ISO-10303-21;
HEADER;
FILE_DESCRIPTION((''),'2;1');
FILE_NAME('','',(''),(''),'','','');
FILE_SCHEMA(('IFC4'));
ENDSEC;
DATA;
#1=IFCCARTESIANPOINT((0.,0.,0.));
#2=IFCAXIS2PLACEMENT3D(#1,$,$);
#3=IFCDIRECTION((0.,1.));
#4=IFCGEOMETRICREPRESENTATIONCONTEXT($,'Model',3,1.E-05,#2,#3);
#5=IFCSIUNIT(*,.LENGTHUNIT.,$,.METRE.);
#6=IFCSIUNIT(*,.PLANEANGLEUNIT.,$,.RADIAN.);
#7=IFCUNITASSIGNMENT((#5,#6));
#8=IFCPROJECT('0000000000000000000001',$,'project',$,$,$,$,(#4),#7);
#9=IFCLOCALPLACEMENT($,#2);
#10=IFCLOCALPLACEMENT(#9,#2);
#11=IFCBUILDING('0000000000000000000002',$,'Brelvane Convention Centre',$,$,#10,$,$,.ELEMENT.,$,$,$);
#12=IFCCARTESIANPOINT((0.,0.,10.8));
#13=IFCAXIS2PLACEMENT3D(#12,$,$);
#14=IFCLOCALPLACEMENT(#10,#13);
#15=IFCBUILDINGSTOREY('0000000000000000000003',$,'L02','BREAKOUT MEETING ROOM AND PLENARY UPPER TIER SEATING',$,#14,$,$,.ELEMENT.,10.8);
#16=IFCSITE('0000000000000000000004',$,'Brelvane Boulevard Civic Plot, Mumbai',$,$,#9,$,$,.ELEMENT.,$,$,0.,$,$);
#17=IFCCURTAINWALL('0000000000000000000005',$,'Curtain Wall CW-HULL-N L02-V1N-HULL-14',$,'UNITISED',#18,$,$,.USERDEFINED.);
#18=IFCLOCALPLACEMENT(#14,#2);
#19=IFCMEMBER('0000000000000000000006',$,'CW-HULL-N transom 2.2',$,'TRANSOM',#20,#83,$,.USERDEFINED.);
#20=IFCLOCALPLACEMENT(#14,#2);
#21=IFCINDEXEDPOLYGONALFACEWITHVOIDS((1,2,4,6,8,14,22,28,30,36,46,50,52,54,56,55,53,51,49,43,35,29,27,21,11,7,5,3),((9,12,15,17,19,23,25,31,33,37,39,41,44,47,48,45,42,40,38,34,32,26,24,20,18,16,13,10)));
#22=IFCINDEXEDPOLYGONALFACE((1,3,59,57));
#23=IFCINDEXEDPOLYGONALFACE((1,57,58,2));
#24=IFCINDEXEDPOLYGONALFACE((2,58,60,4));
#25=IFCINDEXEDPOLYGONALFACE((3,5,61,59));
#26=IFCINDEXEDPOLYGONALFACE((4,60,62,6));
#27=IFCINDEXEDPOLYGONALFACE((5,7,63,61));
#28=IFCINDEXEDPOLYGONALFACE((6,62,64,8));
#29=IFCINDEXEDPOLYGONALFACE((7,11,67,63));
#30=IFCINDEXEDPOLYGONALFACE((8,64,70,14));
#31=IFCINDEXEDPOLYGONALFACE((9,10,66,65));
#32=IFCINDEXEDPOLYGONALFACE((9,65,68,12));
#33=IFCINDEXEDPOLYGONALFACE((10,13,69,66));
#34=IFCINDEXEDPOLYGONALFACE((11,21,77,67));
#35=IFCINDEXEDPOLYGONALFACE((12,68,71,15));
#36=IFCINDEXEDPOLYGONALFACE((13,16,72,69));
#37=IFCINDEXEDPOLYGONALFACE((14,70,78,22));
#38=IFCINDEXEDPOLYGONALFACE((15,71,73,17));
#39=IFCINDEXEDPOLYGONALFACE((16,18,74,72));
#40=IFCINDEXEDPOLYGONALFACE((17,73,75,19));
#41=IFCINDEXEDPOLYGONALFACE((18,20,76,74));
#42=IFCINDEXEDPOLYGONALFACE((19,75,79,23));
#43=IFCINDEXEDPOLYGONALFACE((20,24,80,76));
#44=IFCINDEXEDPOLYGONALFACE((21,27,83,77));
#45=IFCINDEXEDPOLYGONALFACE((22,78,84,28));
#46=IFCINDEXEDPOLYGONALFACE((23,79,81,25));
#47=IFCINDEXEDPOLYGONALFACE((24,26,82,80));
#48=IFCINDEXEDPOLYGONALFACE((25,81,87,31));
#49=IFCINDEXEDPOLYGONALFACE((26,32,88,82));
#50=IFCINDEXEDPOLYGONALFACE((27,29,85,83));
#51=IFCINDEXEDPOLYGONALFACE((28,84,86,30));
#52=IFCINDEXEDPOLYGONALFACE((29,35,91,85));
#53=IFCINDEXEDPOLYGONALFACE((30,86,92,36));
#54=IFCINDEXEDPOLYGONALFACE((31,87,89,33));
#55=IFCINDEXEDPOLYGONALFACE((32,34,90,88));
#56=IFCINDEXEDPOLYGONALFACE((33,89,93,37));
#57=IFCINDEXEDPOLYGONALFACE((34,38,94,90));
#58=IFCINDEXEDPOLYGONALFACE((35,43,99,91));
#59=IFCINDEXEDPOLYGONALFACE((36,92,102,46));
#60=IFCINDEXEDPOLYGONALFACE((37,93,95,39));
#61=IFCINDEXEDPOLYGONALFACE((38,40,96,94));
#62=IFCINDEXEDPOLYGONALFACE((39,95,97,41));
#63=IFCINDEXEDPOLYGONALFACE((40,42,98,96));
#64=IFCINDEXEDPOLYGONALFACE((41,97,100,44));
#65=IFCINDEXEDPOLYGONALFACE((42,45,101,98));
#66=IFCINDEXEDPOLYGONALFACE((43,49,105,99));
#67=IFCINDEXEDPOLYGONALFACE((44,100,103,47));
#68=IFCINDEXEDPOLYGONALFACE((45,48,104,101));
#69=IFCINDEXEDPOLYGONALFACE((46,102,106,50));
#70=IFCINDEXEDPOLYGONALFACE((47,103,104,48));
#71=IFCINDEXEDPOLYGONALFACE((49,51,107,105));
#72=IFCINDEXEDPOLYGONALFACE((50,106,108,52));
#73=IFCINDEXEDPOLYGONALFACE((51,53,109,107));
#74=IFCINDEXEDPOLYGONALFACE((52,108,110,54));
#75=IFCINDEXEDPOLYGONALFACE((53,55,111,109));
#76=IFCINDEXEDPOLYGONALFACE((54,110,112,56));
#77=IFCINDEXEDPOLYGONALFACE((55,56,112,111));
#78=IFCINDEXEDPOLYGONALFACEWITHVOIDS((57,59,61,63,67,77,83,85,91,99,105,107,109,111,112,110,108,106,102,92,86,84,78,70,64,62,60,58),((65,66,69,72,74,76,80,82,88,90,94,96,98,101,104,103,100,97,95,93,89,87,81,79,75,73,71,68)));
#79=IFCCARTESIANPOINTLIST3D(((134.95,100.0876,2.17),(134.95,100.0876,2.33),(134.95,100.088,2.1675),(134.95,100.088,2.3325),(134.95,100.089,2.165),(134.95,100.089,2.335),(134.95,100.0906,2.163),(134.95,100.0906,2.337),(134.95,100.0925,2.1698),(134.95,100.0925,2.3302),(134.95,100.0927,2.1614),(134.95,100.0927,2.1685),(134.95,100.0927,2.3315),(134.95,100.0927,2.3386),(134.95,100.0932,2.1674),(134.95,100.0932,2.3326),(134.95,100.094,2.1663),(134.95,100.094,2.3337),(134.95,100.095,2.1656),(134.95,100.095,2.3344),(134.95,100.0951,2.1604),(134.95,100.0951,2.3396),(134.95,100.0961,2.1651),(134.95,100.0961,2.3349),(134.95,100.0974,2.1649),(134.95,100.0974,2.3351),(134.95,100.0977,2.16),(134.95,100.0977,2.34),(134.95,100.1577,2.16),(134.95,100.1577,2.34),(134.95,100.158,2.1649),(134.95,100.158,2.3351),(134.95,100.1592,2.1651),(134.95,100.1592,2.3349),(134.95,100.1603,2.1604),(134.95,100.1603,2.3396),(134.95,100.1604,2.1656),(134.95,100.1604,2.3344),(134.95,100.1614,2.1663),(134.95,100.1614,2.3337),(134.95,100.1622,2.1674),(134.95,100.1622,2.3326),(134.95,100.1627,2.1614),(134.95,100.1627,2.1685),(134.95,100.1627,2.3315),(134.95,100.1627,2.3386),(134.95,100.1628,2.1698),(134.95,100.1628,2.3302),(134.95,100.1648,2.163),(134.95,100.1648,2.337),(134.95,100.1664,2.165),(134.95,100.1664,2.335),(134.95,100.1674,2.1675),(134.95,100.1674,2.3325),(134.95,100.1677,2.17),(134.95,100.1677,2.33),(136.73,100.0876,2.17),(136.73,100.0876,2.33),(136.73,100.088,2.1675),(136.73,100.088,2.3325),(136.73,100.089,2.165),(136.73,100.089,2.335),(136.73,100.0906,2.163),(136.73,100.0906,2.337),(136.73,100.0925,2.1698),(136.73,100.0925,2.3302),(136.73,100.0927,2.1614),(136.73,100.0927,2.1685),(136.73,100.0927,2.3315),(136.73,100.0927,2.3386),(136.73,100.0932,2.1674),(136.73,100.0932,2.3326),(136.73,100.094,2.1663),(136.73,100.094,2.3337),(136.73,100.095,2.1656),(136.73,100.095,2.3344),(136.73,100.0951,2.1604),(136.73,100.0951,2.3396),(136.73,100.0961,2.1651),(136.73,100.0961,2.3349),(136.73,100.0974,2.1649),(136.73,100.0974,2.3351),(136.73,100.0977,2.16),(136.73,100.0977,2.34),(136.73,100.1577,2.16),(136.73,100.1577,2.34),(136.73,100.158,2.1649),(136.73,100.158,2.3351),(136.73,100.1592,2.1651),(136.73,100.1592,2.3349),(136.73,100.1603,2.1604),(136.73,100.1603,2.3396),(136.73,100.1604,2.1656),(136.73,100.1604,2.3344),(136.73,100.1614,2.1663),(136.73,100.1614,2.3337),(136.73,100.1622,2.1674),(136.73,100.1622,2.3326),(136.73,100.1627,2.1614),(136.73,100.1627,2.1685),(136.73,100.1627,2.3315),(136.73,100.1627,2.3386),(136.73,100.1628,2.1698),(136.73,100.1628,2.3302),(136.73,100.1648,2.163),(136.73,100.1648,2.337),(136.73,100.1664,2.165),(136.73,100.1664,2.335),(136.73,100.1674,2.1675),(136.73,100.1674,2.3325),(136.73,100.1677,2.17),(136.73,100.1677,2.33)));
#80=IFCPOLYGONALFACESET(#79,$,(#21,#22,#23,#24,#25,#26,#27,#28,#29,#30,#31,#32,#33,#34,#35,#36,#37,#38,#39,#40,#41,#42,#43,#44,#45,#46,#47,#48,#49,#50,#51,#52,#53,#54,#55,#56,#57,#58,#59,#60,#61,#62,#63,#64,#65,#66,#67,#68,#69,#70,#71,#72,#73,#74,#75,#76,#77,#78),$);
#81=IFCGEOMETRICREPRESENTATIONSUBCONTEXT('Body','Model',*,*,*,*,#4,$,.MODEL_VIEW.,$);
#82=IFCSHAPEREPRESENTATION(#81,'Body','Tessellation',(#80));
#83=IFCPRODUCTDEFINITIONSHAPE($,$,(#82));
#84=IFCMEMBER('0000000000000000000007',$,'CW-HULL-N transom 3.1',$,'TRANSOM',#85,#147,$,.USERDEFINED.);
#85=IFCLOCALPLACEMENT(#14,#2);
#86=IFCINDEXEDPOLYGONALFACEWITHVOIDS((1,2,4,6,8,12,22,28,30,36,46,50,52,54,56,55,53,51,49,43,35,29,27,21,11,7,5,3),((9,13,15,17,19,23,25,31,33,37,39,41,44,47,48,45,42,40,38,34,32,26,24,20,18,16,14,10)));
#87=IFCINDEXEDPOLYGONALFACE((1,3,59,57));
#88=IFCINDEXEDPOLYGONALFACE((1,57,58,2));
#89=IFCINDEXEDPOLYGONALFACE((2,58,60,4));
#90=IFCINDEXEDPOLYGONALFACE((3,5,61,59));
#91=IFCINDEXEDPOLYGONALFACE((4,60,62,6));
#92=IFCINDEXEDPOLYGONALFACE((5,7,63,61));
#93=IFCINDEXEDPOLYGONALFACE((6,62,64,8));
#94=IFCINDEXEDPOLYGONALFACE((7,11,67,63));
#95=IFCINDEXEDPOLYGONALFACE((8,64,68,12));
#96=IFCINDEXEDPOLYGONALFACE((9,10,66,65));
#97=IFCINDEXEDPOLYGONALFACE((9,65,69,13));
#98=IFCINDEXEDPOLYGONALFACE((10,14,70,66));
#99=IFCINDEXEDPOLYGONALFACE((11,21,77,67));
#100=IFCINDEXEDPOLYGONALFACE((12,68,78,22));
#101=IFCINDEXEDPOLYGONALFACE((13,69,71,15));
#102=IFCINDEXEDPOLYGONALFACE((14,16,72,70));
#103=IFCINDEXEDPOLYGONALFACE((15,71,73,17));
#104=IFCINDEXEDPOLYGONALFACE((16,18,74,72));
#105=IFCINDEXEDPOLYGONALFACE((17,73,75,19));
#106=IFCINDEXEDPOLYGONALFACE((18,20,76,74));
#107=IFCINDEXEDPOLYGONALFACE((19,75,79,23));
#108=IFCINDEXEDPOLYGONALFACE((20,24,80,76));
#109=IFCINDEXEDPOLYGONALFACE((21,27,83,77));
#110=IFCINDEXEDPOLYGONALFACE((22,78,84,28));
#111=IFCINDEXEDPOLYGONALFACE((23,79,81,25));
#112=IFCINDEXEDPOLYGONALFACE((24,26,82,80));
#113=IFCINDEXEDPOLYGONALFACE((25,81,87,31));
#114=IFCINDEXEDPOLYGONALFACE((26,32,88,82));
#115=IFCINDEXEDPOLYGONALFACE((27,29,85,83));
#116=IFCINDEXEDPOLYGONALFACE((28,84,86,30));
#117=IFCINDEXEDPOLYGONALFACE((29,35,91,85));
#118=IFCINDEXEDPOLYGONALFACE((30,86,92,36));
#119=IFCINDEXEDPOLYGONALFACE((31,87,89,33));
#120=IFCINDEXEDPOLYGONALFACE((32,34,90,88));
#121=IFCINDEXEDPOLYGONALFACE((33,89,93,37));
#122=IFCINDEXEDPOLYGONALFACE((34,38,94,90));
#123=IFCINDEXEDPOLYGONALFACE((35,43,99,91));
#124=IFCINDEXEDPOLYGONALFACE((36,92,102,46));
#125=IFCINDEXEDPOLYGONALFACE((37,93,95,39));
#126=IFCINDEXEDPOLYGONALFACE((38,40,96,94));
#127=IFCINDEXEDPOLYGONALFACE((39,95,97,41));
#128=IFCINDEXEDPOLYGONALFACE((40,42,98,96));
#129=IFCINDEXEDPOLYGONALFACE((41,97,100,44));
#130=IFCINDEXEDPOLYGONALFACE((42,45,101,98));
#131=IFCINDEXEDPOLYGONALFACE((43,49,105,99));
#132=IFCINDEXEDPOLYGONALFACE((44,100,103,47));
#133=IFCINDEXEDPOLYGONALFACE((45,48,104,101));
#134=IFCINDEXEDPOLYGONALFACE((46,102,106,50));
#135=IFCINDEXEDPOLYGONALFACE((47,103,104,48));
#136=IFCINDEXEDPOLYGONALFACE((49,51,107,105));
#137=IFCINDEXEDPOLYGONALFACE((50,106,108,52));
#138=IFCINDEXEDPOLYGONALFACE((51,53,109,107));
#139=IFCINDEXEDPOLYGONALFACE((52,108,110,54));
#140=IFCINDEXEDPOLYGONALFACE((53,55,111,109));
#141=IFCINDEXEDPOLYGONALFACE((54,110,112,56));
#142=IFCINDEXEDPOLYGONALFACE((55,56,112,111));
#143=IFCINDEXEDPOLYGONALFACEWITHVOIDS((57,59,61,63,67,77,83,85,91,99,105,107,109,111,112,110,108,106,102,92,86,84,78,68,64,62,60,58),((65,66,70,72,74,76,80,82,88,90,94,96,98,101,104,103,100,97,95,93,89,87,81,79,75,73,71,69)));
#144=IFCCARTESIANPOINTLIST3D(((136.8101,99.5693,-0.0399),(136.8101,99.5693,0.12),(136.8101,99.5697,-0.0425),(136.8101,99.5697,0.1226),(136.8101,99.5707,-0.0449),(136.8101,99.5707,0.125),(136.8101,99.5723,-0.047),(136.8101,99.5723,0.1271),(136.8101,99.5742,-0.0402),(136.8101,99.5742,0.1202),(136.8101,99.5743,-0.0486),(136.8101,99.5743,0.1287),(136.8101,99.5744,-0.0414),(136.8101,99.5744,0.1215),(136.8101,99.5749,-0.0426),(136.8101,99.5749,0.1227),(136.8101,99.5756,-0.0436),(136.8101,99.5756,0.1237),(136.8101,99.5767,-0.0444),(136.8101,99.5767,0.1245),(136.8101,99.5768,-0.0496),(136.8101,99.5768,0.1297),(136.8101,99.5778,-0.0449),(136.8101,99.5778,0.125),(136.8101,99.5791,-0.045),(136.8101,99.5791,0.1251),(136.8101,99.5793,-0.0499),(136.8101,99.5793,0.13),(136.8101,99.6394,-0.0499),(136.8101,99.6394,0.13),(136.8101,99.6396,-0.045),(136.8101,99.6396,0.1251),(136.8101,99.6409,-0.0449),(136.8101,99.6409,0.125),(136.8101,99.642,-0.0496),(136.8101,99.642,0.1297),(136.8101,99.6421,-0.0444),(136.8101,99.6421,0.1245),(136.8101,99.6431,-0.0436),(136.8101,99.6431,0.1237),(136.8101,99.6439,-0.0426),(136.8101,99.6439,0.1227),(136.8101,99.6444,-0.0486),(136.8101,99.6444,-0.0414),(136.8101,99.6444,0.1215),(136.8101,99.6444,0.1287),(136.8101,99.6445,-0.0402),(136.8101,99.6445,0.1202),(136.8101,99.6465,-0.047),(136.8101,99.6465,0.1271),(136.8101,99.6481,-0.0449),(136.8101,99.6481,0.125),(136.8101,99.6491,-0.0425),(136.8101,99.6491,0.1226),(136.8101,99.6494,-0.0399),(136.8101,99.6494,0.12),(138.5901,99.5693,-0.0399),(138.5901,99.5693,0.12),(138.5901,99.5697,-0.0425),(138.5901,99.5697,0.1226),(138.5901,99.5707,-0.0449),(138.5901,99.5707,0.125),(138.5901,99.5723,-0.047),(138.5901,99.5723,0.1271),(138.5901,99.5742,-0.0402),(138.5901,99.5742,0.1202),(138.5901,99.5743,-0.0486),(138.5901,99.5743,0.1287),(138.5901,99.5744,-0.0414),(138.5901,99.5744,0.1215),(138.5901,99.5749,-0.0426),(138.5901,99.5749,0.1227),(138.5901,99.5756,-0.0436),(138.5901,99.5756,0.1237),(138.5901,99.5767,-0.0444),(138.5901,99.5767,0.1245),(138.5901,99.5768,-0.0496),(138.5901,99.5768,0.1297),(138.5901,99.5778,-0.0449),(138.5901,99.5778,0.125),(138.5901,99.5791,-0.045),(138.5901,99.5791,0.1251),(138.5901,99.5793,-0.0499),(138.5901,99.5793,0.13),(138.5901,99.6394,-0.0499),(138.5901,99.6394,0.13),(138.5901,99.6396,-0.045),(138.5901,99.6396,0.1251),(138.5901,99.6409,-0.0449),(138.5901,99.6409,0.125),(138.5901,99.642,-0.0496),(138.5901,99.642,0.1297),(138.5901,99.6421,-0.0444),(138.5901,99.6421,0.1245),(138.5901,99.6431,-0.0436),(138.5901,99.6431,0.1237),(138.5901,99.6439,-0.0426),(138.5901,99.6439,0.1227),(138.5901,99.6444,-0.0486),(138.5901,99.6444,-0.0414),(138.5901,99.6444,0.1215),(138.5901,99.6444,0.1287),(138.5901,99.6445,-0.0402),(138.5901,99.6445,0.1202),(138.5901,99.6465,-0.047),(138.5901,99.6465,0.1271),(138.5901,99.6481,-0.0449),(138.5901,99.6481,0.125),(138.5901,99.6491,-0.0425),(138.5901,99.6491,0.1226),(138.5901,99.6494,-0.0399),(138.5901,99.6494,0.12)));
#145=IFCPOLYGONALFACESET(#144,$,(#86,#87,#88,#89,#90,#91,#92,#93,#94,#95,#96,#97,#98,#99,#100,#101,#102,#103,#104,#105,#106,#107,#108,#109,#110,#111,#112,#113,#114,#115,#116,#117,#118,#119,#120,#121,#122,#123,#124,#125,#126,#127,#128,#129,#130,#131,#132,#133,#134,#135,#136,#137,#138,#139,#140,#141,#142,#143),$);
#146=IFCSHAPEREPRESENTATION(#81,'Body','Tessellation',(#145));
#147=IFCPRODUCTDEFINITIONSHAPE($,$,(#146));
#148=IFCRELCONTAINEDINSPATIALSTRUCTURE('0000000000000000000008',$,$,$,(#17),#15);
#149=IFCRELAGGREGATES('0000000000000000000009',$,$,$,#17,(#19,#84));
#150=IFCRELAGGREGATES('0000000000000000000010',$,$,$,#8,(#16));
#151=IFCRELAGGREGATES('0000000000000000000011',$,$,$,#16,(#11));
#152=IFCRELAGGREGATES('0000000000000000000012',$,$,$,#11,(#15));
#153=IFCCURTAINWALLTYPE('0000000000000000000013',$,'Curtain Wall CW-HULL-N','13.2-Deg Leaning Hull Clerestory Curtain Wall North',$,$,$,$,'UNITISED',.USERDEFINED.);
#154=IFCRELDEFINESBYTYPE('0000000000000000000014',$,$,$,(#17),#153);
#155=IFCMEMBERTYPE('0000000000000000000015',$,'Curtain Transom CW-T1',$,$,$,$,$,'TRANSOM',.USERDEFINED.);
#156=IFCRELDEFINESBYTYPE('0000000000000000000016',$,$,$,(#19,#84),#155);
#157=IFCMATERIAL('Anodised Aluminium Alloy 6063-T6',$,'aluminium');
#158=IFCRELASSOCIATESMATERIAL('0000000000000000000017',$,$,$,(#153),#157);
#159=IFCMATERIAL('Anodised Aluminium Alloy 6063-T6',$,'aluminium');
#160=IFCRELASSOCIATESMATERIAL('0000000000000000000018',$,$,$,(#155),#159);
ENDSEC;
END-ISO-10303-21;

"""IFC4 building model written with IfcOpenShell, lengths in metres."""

from ifc_helpers import new_model, si_unit, direction, frame, origin, origin_2d, place, context, subcontext, project, spatial, hollow_rectangle, extrude, material, material_profile, profile_set, type_object, element, aggregate, save


model = new_model("IFC4")

# Units and contexts
model_context = context("Model", 3, precision=1e-05, world=origin(), true_north=direction((0.0, 1.0)))
body_context = subcontext(model_context, "Body", "Model", "MODEL_VIEW")
ifc_project = project(units=[si_unit("LENGTHUNIT", "METRE"), si_unit("PLANEANGLEUNIT", "RADIAN")], contexts=[model_context])

# Site, building, storey
site_placement = place(None, origin())
site = spatial("IfcSite", under=ifc_project, at=site_placement, Name="Brelvane Boulevard Civic Plot, Mumbai", CompositionType="ELEMENT", RefElevation=0.0)
building_placement = place(site_placement, origin())
building = spatial("IfcBuilding", under=site, at=building_placement, Name="Brelvane Convention Centre", CompositionType="ELEMENT")
storey_placement = place(building_placement, frame((0.0, 0.0, 10.8)))
storey = spatial("IfcBuildingStorey", under=building, at=storey_placement, Name="L02", Description="BREAKOUT MEETING ROOM AND PLENARY UPPER TIER SEATING", CompositionType="ELEMENT", Elevation=10.8)

# Shared definitions
ifc_material_1 = material(Name="Anodised Aluminium Alloy 6063-T6", Category="aluminium")
curtain_wall_type = type_object("IfcCurtainWallType", Name="Curtain Wall CW-HULL-N", Description="13.2-Deg Leaning Hull Clerestory Curtain Wall North", ElementType="UNITISED", PredefinedType="USERDEFINED", material=ifc_material_1)

# Curtain wall, members
curtain_wall_1_placement = place(storey_placement, origin())
curtain_wall_1 = element("IfcCurtainWall", 1, at=curtain_wall_1_placement, inside=storey, type_object=curtain_wall_type, Name="Curtain Wall CW-HULL-N L02-V1N-HULL-14", ObjectType="UNITISED", PredefinedType="USERDEFINED")
ifc_material_2 = material(Name="Anodised Aluminium Alloy 6063-T6", Category="aluminium")
ifc_material_profile_1 = material_profile(ifc_material_2, hollow_rectangle(XDim=0.0801, YDim=0.1799, WallThickness=0.0049, InnerFilletRadius=0.0049, OuterFilletRadius=0.01, at=origin_2d()), Name="ALU-T 180x80x5.0")
ifc_profile_set_1 = profile_set([ifc_material_profile_1], Name="Anodised Aluminium Alloy 6063-T6")
member_type_1 = type_object("IfcMemberType", Name="Curtain Transom CW-T1", ElementType="TRANSOM", PredefinedType="USERDEFINED", material=ifc_profile_set_1)
member_1_placement = place(storey_placement, frame((134.95, 100.1277, 2.25), z_axis=(1.0, 0.0, 0.0), x_axis=(0.0, 1.0, 0.0)))
member_1 = element("IfcMember", 2, at=member_1_placement, type_object=member_type_1, Name="CW-HULL-N transom 2.2", ObjectType="TRANSOM", PredefinedType="USERDEFINED", context=body_context, shape_type="SweptSolid", body=[
    extrude(hollow_rectangle(XDim=0.0801, YDim=0.1799, WallThickness=0.0049, InnerFilletRadius=0.0049, OuterFilletRadius=0.01, at=origin_2d()), origin(), (0.0, 0.0, 1.0), 1.78),
])
member_2_placement = place(storey_placement, frame((136.8101, 99.6094, 0.04), z_axis=(1.0, 0.0, 0.0), x_axis=(0.0, 1.0, 0.0)))
member_2 = element("IfcMember", 3, at=member_2_placement, type_object=member_type_1, Name="CW-HULL-N transom 3.1", ObjectType="TRANSOM", PredefinedType="USERDEFINED", context=body_context, shape_type="SweptSolid", body=[
    extrude(hollow_rectangle(XDim=0.0801, YDim=0.1799, WallThickness=0.0049, InnerFilletRadius=0.0049, OuterFilletRadius=0.01, at=origin_2d()), origin(), (0.0, 0.0, 1.0), 1.78),
])

aggregate(curtain_wall_1, [member_1, member_2])

save(model, "model.ifc")
